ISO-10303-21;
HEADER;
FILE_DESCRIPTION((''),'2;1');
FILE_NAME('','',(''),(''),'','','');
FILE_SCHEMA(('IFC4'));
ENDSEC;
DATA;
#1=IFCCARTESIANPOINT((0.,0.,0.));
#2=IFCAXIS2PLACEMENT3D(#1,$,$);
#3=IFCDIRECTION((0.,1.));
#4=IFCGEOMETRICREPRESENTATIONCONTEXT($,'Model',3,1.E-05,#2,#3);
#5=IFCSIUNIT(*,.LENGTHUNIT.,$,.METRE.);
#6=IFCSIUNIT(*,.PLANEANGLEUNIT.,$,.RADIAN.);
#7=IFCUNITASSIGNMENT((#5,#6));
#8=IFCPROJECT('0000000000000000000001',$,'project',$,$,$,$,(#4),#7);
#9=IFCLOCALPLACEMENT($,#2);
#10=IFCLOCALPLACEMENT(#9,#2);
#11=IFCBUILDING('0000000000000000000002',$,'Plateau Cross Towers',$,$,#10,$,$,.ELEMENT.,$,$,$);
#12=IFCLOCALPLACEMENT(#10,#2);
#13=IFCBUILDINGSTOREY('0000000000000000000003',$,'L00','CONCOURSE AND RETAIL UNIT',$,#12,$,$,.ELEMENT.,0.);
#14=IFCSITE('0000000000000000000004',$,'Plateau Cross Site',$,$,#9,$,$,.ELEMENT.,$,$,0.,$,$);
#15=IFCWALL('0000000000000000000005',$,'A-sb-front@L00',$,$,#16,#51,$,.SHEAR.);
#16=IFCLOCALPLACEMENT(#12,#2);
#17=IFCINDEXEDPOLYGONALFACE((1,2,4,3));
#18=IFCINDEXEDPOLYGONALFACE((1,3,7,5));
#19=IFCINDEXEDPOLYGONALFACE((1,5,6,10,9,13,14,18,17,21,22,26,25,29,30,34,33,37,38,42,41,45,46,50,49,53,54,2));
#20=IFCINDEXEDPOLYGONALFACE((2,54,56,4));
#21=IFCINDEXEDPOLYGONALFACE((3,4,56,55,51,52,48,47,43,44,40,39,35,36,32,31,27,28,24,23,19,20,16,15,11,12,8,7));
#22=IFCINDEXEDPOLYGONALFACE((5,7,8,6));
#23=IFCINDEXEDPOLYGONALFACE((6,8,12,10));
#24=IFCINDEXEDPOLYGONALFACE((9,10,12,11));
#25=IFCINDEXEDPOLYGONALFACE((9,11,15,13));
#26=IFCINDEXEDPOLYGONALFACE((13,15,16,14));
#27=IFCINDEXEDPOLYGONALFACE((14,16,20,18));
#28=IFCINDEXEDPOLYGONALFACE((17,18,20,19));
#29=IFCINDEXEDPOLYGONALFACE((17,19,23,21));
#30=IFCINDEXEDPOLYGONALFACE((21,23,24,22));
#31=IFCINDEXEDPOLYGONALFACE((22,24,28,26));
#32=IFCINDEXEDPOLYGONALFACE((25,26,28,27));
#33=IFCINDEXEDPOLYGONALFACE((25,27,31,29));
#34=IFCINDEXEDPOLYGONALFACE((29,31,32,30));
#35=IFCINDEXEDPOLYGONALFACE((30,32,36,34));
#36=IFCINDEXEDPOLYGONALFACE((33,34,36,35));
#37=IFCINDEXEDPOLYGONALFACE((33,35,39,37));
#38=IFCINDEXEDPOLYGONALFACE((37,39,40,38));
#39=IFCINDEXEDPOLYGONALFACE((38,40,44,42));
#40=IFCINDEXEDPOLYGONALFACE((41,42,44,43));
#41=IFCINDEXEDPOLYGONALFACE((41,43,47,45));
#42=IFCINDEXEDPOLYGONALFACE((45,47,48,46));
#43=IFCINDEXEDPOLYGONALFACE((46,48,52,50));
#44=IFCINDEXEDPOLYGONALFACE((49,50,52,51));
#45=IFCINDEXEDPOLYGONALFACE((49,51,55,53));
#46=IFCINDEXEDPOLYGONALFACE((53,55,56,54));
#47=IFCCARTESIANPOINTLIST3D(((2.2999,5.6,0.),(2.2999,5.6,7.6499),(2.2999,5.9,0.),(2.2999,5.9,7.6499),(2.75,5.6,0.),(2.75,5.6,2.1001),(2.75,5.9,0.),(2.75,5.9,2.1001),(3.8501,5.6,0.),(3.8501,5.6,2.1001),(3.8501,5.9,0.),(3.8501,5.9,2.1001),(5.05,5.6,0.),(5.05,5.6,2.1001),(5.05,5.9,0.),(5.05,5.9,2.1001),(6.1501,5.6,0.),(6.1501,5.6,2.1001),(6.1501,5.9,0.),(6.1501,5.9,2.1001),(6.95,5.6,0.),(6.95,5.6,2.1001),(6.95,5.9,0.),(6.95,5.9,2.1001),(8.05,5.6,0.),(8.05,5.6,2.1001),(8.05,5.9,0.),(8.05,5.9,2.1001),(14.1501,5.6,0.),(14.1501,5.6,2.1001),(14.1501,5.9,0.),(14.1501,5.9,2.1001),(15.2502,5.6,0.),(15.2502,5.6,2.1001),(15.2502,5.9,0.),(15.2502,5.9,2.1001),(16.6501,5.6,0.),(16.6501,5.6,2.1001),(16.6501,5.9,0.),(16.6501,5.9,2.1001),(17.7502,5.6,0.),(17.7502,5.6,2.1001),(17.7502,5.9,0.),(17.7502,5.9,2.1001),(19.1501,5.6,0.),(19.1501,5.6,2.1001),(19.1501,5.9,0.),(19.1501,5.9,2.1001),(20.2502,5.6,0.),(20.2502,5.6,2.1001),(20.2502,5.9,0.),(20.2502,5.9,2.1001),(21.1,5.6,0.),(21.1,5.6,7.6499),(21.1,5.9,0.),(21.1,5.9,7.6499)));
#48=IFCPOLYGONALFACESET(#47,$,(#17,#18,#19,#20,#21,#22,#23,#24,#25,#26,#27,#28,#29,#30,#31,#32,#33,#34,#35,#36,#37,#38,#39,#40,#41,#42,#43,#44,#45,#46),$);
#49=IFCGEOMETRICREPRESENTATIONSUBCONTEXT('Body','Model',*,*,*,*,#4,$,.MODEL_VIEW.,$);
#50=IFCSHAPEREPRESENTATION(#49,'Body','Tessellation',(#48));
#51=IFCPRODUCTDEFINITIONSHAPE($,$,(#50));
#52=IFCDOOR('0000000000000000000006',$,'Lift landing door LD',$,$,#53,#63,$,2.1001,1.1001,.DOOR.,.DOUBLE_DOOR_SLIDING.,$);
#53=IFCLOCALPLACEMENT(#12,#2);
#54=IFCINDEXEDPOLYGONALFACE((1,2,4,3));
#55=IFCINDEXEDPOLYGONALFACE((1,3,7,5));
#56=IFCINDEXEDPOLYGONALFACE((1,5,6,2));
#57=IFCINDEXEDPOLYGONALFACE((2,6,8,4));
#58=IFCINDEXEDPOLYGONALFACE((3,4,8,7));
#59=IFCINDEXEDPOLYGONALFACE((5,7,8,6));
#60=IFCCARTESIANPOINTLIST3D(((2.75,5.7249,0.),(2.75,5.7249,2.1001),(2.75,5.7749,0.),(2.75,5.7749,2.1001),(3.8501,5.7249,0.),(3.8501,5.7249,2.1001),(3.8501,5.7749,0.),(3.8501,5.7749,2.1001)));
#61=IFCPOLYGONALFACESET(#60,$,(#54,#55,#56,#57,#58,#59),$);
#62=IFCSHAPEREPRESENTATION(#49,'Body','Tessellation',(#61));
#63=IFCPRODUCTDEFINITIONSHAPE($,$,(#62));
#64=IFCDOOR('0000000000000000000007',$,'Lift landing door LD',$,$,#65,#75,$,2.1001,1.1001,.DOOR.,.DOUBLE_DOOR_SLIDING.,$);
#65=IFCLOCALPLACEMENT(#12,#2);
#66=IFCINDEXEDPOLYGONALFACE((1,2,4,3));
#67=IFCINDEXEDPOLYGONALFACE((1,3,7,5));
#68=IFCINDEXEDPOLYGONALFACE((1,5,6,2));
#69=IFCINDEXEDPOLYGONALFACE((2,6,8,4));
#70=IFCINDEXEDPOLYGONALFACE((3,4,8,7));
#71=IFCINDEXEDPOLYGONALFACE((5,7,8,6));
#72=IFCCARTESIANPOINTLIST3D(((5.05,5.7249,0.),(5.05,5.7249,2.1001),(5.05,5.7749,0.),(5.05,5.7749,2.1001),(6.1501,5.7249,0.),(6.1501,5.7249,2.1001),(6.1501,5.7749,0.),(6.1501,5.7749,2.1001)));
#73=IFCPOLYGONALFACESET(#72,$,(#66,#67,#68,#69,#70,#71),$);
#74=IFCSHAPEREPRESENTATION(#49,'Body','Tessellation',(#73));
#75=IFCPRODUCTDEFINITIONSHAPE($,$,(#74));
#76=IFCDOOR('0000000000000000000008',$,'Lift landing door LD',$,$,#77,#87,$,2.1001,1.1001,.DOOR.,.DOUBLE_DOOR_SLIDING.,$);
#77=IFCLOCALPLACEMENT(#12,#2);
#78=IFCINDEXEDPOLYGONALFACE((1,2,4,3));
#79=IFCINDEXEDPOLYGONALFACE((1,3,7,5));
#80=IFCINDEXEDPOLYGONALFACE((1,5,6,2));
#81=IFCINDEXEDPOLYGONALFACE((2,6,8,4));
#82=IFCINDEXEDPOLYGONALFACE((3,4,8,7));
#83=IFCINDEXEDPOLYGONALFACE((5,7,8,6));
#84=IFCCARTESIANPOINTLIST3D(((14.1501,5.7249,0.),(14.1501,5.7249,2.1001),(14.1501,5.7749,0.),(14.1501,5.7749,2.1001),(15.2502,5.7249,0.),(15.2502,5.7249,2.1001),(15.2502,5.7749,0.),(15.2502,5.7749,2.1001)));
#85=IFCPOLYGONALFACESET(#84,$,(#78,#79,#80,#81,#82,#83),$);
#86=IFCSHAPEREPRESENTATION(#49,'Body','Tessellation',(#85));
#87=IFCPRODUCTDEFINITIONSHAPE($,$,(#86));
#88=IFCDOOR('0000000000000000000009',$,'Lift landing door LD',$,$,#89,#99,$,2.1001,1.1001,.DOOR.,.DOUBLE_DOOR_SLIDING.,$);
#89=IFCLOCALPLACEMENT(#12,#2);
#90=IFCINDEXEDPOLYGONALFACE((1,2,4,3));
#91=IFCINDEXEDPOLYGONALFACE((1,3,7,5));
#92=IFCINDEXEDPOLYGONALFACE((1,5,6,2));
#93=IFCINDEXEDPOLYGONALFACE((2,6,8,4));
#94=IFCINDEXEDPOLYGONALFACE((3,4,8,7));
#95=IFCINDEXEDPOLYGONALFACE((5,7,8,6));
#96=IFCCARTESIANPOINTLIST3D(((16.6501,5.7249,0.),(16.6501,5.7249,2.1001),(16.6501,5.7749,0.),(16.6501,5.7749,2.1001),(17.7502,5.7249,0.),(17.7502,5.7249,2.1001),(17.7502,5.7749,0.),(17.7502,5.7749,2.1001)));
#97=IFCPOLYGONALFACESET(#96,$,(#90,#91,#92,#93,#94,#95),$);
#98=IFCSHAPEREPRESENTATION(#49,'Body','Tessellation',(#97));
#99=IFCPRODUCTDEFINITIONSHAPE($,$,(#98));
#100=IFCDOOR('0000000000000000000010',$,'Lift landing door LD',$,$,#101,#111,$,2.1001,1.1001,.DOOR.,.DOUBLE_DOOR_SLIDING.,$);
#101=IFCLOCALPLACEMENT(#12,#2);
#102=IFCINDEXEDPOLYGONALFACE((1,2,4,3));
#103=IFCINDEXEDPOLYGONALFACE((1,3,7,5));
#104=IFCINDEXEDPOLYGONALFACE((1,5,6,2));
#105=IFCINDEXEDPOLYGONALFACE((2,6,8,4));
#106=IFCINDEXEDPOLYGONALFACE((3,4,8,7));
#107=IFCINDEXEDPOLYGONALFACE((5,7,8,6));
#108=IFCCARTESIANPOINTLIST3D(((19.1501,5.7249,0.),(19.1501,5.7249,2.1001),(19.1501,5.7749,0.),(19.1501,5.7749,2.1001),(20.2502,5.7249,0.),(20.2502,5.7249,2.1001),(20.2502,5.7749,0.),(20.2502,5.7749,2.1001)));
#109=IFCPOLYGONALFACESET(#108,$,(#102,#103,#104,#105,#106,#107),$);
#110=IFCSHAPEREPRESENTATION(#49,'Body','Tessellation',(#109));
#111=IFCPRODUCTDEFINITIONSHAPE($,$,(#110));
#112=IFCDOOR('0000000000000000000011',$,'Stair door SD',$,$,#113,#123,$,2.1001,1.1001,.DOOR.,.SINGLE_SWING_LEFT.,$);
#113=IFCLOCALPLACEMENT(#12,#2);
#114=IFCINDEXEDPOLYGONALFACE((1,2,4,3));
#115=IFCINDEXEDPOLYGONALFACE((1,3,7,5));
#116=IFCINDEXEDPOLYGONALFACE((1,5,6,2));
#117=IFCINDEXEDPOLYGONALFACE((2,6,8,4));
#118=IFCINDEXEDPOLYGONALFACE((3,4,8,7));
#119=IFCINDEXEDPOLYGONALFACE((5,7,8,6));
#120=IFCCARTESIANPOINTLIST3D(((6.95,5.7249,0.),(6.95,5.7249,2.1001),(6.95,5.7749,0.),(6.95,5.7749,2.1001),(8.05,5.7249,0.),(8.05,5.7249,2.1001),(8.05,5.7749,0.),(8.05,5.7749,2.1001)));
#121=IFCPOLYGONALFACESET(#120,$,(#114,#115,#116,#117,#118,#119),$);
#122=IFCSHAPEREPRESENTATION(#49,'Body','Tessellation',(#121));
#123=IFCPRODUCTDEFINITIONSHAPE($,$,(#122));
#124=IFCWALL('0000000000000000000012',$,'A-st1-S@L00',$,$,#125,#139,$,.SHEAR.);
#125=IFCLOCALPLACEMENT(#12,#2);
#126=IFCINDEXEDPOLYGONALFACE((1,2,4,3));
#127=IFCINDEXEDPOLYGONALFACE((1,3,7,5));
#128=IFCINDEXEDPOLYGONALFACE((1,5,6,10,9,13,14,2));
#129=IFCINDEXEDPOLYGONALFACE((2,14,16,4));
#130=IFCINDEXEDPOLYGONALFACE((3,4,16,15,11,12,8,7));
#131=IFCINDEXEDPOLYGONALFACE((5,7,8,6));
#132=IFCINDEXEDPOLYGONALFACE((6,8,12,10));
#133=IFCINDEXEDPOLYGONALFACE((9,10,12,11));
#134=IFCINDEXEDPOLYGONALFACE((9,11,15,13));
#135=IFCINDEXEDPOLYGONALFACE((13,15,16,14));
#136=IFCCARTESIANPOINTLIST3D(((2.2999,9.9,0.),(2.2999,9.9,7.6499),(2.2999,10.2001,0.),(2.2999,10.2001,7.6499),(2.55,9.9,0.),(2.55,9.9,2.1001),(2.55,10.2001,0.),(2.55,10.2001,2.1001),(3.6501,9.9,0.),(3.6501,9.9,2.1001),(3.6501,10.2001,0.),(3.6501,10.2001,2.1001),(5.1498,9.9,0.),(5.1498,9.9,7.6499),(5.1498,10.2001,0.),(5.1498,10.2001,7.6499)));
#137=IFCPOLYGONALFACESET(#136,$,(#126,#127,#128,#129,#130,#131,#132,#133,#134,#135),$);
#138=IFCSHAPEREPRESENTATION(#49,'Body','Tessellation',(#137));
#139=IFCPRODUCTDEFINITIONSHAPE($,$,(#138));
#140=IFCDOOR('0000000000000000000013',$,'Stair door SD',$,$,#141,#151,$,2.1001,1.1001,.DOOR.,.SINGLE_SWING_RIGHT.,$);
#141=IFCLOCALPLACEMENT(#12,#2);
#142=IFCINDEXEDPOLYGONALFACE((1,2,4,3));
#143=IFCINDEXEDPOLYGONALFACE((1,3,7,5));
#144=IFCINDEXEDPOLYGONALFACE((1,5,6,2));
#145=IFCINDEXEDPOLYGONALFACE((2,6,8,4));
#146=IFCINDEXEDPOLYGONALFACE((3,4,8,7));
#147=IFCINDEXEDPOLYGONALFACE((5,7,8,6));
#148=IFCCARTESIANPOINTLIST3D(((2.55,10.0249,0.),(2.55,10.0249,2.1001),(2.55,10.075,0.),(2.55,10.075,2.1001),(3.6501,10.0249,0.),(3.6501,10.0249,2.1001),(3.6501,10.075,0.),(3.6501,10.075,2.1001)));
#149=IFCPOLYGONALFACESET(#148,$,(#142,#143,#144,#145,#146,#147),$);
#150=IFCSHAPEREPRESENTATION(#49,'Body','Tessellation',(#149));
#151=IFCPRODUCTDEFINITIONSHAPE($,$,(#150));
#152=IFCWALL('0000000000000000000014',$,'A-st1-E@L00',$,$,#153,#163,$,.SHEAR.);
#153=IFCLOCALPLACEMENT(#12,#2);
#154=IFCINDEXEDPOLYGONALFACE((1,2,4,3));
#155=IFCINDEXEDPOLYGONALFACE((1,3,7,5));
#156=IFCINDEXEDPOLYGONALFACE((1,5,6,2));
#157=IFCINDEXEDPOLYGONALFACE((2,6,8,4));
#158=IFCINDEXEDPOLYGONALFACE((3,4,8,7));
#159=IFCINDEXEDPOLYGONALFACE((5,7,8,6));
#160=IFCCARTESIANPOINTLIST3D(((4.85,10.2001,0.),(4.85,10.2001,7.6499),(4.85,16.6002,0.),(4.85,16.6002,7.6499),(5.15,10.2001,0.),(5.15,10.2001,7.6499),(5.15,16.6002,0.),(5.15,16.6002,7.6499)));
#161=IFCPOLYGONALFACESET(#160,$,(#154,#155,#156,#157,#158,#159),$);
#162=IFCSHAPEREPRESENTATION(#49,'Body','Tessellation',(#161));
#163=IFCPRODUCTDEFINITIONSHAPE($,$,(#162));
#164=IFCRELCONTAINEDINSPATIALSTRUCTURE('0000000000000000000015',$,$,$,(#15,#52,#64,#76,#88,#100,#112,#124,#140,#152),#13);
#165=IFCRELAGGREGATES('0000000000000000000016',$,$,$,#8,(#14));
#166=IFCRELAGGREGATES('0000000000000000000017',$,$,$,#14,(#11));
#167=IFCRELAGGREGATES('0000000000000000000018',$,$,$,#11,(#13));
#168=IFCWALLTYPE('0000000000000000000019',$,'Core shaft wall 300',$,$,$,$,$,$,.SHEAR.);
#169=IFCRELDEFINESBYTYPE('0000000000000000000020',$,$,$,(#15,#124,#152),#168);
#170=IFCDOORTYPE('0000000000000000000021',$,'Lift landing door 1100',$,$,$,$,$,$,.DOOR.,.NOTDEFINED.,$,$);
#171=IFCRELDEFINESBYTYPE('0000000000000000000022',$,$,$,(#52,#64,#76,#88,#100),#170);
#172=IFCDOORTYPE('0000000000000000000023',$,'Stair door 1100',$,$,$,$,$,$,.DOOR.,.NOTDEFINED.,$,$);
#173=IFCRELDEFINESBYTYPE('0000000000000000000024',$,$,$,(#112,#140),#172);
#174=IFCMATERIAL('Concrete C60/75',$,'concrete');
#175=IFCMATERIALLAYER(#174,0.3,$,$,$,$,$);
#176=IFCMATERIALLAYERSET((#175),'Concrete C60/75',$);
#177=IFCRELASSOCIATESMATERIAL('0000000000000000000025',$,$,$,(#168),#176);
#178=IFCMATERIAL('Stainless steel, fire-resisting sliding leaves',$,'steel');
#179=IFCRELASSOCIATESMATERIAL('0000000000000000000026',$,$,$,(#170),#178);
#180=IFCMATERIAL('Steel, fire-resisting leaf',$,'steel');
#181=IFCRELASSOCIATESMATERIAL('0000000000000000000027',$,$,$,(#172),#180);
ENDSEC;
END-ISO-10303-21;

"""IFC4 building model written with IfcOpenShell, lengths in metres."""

from ifc_helpers import new_model, si_unit, direction, frame, frame_2d, origin, place, context, subcontext, project, spatial, rectangle, extrude, material, layer, layer_set, type_object, element, fill, save


model = new_model("IFC4")

# Units and contexts
model_context = context("Model", 3, precision=1e-05, world=origin(), true_north=direction((0.0, 1.0)))
body_context = subcontext(model_context, "Body", "Model", "MODEL_VIEW")
ifc_project = project(units=[si_unit("LENGTHUNIT", "METRE"), si_unit("PLANEANGLEUNIT", "RADIAN")], contexts=[model_context])

# Site, building, storey
site_placement = place(None, origin())
site = spatial("IfcSite", under=ifc_project, at=site_placement, Name="Plateau Cross Site", CompositionType="ELEMENT", RefElevation=0.0)
building_placement = place(site_placement, origin())
building = spatial("IfcBuilding", under=site, at=building_placement, Name="Plateau Cross Towers", CompositionType="ELEMENT")
storey_placement = place(building_placement, origin())
storey = spatial("IfcBuildingStorey", under=building, at=storey_placement, Name="L00", Description="CONCOURSE AND RETAIL UNIT", CompositionType="ELEMENT", Elevation=0.0)

# Shared definitions
ifc_material_1 = material(Name="Concrete C60/75", Category="concrete")

# Wall, openings, doors
ifc_layer_1 = layer(ifc_material_1, 0.3)
ifc_layer_set_1 = layer_set([ifc_layer_1], Name="Concrete C60/75")
wall_type_1 = type_object("IfcWallType", Name="Core shaft wall 300", PredefinedType="SHEAR", material=ifc_layer_set_1)
wall_1_placement = place(storey_placement, frame((2.3, 5.75, 0.0), z_axis=(0.0, 0.0, 1.0), x_axis=(1.0, 0.0, 0.0)))
wall_1 = element("IfcWall", 1, at=wall_1_placement, inside=storey, type_object=wall_type_1, Name="A-sb-front@L00", PredefinedType="SHEAR", context=body_context, shape_type="SweptSolid", body=[
    extrude(rectangle(XDim=18.8, YDim=0.3, at=frame_2d((9.3999, 0.0))), origin(), (0.0, 0.0, 1.0), 7.6499),
])
opening_1_placement = place(wall_1_placement, frame((4.6499, 0.0, 0.0)))
opening_1 = element("IfcOpeningElement", 2, at=opening_1_placement, cuts=wall_1, PredefinedType="OPENING", context=body_context, shape_type="SweptSolid", body=[
    extrude(rectangle(XDim=1.1001, YDim=2.1001, at=frame_2d((0.55, 1.05))), frame((0.0, 0.1599, 0.0), z_axis=(0.0, -1.0, 0.0), x_axis=(1.0, 0.0, 0.0)), (0.0, 0.0, 1.0), 0.3201),
])
opening_2_placement = place(wall_1_placement, frame((0.45, 0.0, 0.0)))
opening_2 = element("IfcOpeningElement", 3, at=opening_2_placement, cuts=wall_1, PredefinedType="OPENING", context=body_context, shape_type="SweptSolid", body=[
    extrude(rectangle(XDim=1.1001, YDim=2.1001, at=frame_2d((0.55, 1.05))), frame((0.0, 0.1599, 0.0), z_axis=(0.0, -1.0, 0.0), x_axis=(1.0, 0.0, 0.0)), (0.0, 0.0, 1.0), 0.3201),
])
opening_3_placement = place(wall_1_placement, frame((2.75, 0.0, 0.0)))
opening_3 = element("IfcOpeningElement", 4, at=opening_3_placement, cuts=wall_1, PredefinedType="OPENING", context=body_context, shape_type="SweptSolid", body=[
    extrude(rectangle(XDim=1.1001, YDim=2.1001, at=frame_2d((0.55, 1.05))), frame((0.0, 0.1599, 0.0), z_axis=(0.0, -1.0, 0.0), x_axis=(1.0, 0.0, 0.0)), (0.0, 0.0, 1.0), 0.3201),
])
opening_4_placement = place(wall_1_placement, frame((11.8501, 0.0, 0.0)))
opening_4 = element("IfcOpeningElement", 5, at=opening_4_placement, cuts=wall_1, PredefinedType="OPENING", context=body_context, shape_type="SweptSolid", body=[
    extrude(rectangle(XDim=1.1001, YDim=2.1001, at=frame_2d((0.55, 1.05))), frame((0.0, 0.1599, 0.0), z_axis=(0.0, -1.0, 0.0), x_axis=(1.0, 0.0, 0.0)), (0.0, 0.0, 1.0), 0.3201),
])
opening_5_placement = place(wall_1_placement, frame((14.3501, 0.0, 0.0)))
opening_5 = element("IfcOpeningElement", 6, at=opening_5_placement, cuts=wall_1, PredefinedType="OPENING", context=body_context, shape_type="SweptSolid", body=[
    extrude(rectangle(XDim=1.1001, YDim=2.1001, at=frame_2d((0.55, 1.05))), frame((0.0, 0.1599, 0.0), z_axis=(0.0, -1.0, 0.0), x_axis=(1.0, 0.0, 0.0)), (0.0, 0.0, 1.0), 0.3201),
])
opening_6_placement = place(wall_1_placement, frame((16.8501, 0.0, 0.0)))
opening_6 = element("IfcOpeningElement", 7, at=opening_6_placement, cuts=wall_1, PredefinedType="OPENING", context=body_context, shape_type="SweptSolid", body=[
    extrude(rectangle(XDim=1.1001, YDim=2.1001, at=frame_2d((0.55, 1.05))), frame((0.0, 0.1599, 0.0), z_axis=(0.0, -1.0, 0.0), x_axis=(1.0, 0.0, 0.0)), (0.0, 0.0, 1.0), 0.3201),
])
ifc_material_2 = material(Name="Stainless steel, fire-resisting sliding leaves", Category="steel")
door_type_1 = type_object("IfcDoorType", Name="Lift landing door 1100", OperationType="NOTDEFINED", PredefinedType="DOOR", material=ifc_material_2)
door_1_placement = place(opening_2_placement, origin())
door_1 = element("IfcDoor", 8, at=door_1_placement, inside=storey, type_object=door_type_1, Name="Lift landing door LD", OperationType="DOUBLE_DOOR_SLIDING", OverallHeight=2.1001, OverallWidth=1.1001, PredefinedType="DOOR", context=body_context, shape_type="SweptSolid", body=[
    extrude(rectangle(XDim=1.1001, YDim=2.1001, at=frame_2d((0.55, 1.05))), frame((0.0, 0.0249, 0.0), z_axis=(0.0, -1.0, 0.0), x_axis=(1.0, 0.0, 0.0)), (0.0, 0.0, 1.0), 0.05),
])
fill(opening_2, door_1)
door_2_placement = place(opening_3_placement, origin())
door_2 = element("IfcDoor", 9, at=door_2_placement, inside=storey, type_object=door_type_1, Name="Lift landing door LD", OperationType="DOUBLE_DOOR_SLIDING", OverallHeight=2.1001, OverallWidth=1.1001, PredefinedType="DOOR", context=body_context, shape_type="SweptSolid", body=[
    extrude(rectangle(XDim=1.1001, YDim=2.1001, at=frame_2d((0.55, 1.05))), frame((0.0, 0.0249, 0.0), z_axis=(0.0, -1.0, 0.0), x_axis=(1.0, 0.0, 0.0)), (0.0, 0.0, 1.0), 0.05),
])
fill(opening_3, door_2)
door_3_placement = place(opening_4_placement, origin())
door_3 = element("IfcDoor", 10, at=door_3_placement, inside=storey, type_object=door_type_1, Name="Lift landing door LD", OperationType="DOUBLE_DOOR_SLIDING", OverallHeight=2.1001, OverallWidth=1.1001, PredefinedType="DOOR", context=body_context, shape_type="SweptSolid", body=[
    extrude(rectangle(XDim=1.1001, YDim=2.1001, at=frame_2d((0.55, 1.05))), frame((0.0, 0.0249, 0.0), z_axis=(0.0, -1.0, 0.0), x_axis=(1.0, 0.0, 0.0)), (0.0, 0.0, 1.0), 0.05),
])
fill(opening_4, door_3)
door_4_placement = place(opening_5_placement, origin())
door_4 = element("IfcDoor", 11, at=door_4_placement, inside=storey, type_object=door_type_1, Name="Lift landing door LD", OperationType="DOUBLE_DOOR_SLIDING", OverallHeight=2.1001, OverallWidth=1.1001, PredefinedType="DOOR", context=body_context, shape_type="SweptSolid", body=[
    extrude(rectangle(XDim=1.1001, YDim=2.1001, at=frame_2d((0.55, 1.05))), frame((0.0, 0.0249, 0.0), z_axis=(0.0, -1.0, 0.0), x_axis=(1.0, 0.0, 0.0)), (0.0, 0.0, 1.0), 0.05),
])
fill(opening_5, door_4)
door_5_placement = place(opening_6_placement, origin())
door_5 = element("IfcDoor", 12, at=door_5_placement, inside=storey, type_object=door_type_1, Name="Lift landing door LD", OperationType="DOUBLE_DOOR_SLIDING", OverallHeight=2.1001, OverallWidth=1.1001, PredefinedType="DOOR", context=body_context, shape_type="SweptSolid", body=[
    extrude(rectangle(XDim=1.1001, YDim=2.1001, at=frame_2d((0.55, 1.05))), frame((0.0, 0.0249, 0.0), z_axis=(0.0, -1.0, 0.0), x_axis=(1.0, 0.0, 0.0)), (0.0, 0.0, 1.0), 0.05),
])
fill(opening_6, door_5)
ifc_material_3 = material(Name="Steel, fire-resisting leaf", Category="steel")
door_type_2 = type_object("IfcDoorType", Name="Stair door 1100", OperationType="NOTDEFINED", PredefinedType="DOOR", material=ifc_material_3)
door_6_placement = place(opening_1_placement, origin())
door_6 = element("IfcDoor", 13, at=door_6_placement, inside=storey, type_object=door_type_2, Name="Stair door SD", OperationType="SINGLE_SWING_LEFT", OverallHeight=2.1001, OverallWidth=1.1001, PredefinedType="DOOR", context=body_context, shape_type="SweptSolid", body=[
    extrude(rectangle(XDim=1.1001, YDim=2.1001, at=frame_2d((0.55, 1.05))), frame((0.0, 0.0249, 0.0), z_axis=(0.0, -1.0, 0.0), x_axis=(1.0, 0.0, 0.0)), (0.0, 0.0, 1.0), 0.05),
])
fill(opening_1, door_6)

# Wall, opening, door
wall_2_placement = place(storey_placement, frame((2.3, 10.05, 0.0), z_axis=(0.0, 0.0, 1.0), x_axis=(1.0, 0.0, 0.0)))
wall_2 = element("IfcWall", 14, at=wall_2_placement, inside=storey, type_object=wall_type_1, Name="A-st1-S@L00", PredefinedType="SHEAR", context=body_context, shape_type="SweptSolid", body=[
    extrude(rectangle(XDim=2.8499, YDim=0.3, at=frame_2d((1.4248, 0.0))), origin(), (0.0, 0.0, 1.0), 7.6499),
])
opening_7_placement = place(wall_2_placement, frame((0.25, 0.0, 0.0)))
opening_7 = element("IfcOpeningElement", 15, at=opening_7_placement, cuts=wall_2, PredefinedType="OPENING", context=body_context, shape_type="SweptSolid", body=[
    extrude(rectangle(XDim=1.1001, YDim=2.1001, at=frame_2d((0.55, 1.05))), frame((0.0, 0.1599, 0.0), z_axis=(0.0, -1.0, 0.0), x_axis=(1.0, 0.0, 0.0)), (0.0, 0.0, 1.0), 0.3201),
])
door_7_placement = place(opening_7_placement, origin())
door_7 = element("IfcDoor", 16, at=door_7_placement, inside=storey, type_object=door_type_2, Name="Stair door SD", OperationType="SINGLE_SWING_RIGHT", OverallHeight=2.1001, OverallWidth=1.1001, PredefinedType="DOOR", context=body_context, shape_type="SweptSolid", body=[
    extrude(rectangle(XDim=1.1001, YDim=2.1001, at=frame_2d((0.55, 1.05))), frame((0.0, 0.0249, 0.0), z_axis=(0.0, -1.0, 0.0), x_axis=(1.0, 0.0, 0.0)), (0.0, 0.0, 1.0), 0.05),
])
fill(opening_7, door_7)

# Wall
wall_3_placement = place(storey_placement, frame((5.0, 10.2, 0.0), z_axis=(0.0, 0.0, 1.0), x_axis=(0.0, 1.0, 0.0)))
element("IfcWall", 17, at=wall_3_placement, inside=storey, type_object=wall_type_1, Name="A-st1-E@L00", PredefinedType="SHEAR", context=body_context, shape_type="SweptSolid", body=[
    extrude(rectangle(XDim=6.4001, YDim=0.3, at=frame_2d((3.2002, 0.0))), origin(), (0.0, 0.0, 1.0), 7.6499),
])

save(model, "model.ifc")
